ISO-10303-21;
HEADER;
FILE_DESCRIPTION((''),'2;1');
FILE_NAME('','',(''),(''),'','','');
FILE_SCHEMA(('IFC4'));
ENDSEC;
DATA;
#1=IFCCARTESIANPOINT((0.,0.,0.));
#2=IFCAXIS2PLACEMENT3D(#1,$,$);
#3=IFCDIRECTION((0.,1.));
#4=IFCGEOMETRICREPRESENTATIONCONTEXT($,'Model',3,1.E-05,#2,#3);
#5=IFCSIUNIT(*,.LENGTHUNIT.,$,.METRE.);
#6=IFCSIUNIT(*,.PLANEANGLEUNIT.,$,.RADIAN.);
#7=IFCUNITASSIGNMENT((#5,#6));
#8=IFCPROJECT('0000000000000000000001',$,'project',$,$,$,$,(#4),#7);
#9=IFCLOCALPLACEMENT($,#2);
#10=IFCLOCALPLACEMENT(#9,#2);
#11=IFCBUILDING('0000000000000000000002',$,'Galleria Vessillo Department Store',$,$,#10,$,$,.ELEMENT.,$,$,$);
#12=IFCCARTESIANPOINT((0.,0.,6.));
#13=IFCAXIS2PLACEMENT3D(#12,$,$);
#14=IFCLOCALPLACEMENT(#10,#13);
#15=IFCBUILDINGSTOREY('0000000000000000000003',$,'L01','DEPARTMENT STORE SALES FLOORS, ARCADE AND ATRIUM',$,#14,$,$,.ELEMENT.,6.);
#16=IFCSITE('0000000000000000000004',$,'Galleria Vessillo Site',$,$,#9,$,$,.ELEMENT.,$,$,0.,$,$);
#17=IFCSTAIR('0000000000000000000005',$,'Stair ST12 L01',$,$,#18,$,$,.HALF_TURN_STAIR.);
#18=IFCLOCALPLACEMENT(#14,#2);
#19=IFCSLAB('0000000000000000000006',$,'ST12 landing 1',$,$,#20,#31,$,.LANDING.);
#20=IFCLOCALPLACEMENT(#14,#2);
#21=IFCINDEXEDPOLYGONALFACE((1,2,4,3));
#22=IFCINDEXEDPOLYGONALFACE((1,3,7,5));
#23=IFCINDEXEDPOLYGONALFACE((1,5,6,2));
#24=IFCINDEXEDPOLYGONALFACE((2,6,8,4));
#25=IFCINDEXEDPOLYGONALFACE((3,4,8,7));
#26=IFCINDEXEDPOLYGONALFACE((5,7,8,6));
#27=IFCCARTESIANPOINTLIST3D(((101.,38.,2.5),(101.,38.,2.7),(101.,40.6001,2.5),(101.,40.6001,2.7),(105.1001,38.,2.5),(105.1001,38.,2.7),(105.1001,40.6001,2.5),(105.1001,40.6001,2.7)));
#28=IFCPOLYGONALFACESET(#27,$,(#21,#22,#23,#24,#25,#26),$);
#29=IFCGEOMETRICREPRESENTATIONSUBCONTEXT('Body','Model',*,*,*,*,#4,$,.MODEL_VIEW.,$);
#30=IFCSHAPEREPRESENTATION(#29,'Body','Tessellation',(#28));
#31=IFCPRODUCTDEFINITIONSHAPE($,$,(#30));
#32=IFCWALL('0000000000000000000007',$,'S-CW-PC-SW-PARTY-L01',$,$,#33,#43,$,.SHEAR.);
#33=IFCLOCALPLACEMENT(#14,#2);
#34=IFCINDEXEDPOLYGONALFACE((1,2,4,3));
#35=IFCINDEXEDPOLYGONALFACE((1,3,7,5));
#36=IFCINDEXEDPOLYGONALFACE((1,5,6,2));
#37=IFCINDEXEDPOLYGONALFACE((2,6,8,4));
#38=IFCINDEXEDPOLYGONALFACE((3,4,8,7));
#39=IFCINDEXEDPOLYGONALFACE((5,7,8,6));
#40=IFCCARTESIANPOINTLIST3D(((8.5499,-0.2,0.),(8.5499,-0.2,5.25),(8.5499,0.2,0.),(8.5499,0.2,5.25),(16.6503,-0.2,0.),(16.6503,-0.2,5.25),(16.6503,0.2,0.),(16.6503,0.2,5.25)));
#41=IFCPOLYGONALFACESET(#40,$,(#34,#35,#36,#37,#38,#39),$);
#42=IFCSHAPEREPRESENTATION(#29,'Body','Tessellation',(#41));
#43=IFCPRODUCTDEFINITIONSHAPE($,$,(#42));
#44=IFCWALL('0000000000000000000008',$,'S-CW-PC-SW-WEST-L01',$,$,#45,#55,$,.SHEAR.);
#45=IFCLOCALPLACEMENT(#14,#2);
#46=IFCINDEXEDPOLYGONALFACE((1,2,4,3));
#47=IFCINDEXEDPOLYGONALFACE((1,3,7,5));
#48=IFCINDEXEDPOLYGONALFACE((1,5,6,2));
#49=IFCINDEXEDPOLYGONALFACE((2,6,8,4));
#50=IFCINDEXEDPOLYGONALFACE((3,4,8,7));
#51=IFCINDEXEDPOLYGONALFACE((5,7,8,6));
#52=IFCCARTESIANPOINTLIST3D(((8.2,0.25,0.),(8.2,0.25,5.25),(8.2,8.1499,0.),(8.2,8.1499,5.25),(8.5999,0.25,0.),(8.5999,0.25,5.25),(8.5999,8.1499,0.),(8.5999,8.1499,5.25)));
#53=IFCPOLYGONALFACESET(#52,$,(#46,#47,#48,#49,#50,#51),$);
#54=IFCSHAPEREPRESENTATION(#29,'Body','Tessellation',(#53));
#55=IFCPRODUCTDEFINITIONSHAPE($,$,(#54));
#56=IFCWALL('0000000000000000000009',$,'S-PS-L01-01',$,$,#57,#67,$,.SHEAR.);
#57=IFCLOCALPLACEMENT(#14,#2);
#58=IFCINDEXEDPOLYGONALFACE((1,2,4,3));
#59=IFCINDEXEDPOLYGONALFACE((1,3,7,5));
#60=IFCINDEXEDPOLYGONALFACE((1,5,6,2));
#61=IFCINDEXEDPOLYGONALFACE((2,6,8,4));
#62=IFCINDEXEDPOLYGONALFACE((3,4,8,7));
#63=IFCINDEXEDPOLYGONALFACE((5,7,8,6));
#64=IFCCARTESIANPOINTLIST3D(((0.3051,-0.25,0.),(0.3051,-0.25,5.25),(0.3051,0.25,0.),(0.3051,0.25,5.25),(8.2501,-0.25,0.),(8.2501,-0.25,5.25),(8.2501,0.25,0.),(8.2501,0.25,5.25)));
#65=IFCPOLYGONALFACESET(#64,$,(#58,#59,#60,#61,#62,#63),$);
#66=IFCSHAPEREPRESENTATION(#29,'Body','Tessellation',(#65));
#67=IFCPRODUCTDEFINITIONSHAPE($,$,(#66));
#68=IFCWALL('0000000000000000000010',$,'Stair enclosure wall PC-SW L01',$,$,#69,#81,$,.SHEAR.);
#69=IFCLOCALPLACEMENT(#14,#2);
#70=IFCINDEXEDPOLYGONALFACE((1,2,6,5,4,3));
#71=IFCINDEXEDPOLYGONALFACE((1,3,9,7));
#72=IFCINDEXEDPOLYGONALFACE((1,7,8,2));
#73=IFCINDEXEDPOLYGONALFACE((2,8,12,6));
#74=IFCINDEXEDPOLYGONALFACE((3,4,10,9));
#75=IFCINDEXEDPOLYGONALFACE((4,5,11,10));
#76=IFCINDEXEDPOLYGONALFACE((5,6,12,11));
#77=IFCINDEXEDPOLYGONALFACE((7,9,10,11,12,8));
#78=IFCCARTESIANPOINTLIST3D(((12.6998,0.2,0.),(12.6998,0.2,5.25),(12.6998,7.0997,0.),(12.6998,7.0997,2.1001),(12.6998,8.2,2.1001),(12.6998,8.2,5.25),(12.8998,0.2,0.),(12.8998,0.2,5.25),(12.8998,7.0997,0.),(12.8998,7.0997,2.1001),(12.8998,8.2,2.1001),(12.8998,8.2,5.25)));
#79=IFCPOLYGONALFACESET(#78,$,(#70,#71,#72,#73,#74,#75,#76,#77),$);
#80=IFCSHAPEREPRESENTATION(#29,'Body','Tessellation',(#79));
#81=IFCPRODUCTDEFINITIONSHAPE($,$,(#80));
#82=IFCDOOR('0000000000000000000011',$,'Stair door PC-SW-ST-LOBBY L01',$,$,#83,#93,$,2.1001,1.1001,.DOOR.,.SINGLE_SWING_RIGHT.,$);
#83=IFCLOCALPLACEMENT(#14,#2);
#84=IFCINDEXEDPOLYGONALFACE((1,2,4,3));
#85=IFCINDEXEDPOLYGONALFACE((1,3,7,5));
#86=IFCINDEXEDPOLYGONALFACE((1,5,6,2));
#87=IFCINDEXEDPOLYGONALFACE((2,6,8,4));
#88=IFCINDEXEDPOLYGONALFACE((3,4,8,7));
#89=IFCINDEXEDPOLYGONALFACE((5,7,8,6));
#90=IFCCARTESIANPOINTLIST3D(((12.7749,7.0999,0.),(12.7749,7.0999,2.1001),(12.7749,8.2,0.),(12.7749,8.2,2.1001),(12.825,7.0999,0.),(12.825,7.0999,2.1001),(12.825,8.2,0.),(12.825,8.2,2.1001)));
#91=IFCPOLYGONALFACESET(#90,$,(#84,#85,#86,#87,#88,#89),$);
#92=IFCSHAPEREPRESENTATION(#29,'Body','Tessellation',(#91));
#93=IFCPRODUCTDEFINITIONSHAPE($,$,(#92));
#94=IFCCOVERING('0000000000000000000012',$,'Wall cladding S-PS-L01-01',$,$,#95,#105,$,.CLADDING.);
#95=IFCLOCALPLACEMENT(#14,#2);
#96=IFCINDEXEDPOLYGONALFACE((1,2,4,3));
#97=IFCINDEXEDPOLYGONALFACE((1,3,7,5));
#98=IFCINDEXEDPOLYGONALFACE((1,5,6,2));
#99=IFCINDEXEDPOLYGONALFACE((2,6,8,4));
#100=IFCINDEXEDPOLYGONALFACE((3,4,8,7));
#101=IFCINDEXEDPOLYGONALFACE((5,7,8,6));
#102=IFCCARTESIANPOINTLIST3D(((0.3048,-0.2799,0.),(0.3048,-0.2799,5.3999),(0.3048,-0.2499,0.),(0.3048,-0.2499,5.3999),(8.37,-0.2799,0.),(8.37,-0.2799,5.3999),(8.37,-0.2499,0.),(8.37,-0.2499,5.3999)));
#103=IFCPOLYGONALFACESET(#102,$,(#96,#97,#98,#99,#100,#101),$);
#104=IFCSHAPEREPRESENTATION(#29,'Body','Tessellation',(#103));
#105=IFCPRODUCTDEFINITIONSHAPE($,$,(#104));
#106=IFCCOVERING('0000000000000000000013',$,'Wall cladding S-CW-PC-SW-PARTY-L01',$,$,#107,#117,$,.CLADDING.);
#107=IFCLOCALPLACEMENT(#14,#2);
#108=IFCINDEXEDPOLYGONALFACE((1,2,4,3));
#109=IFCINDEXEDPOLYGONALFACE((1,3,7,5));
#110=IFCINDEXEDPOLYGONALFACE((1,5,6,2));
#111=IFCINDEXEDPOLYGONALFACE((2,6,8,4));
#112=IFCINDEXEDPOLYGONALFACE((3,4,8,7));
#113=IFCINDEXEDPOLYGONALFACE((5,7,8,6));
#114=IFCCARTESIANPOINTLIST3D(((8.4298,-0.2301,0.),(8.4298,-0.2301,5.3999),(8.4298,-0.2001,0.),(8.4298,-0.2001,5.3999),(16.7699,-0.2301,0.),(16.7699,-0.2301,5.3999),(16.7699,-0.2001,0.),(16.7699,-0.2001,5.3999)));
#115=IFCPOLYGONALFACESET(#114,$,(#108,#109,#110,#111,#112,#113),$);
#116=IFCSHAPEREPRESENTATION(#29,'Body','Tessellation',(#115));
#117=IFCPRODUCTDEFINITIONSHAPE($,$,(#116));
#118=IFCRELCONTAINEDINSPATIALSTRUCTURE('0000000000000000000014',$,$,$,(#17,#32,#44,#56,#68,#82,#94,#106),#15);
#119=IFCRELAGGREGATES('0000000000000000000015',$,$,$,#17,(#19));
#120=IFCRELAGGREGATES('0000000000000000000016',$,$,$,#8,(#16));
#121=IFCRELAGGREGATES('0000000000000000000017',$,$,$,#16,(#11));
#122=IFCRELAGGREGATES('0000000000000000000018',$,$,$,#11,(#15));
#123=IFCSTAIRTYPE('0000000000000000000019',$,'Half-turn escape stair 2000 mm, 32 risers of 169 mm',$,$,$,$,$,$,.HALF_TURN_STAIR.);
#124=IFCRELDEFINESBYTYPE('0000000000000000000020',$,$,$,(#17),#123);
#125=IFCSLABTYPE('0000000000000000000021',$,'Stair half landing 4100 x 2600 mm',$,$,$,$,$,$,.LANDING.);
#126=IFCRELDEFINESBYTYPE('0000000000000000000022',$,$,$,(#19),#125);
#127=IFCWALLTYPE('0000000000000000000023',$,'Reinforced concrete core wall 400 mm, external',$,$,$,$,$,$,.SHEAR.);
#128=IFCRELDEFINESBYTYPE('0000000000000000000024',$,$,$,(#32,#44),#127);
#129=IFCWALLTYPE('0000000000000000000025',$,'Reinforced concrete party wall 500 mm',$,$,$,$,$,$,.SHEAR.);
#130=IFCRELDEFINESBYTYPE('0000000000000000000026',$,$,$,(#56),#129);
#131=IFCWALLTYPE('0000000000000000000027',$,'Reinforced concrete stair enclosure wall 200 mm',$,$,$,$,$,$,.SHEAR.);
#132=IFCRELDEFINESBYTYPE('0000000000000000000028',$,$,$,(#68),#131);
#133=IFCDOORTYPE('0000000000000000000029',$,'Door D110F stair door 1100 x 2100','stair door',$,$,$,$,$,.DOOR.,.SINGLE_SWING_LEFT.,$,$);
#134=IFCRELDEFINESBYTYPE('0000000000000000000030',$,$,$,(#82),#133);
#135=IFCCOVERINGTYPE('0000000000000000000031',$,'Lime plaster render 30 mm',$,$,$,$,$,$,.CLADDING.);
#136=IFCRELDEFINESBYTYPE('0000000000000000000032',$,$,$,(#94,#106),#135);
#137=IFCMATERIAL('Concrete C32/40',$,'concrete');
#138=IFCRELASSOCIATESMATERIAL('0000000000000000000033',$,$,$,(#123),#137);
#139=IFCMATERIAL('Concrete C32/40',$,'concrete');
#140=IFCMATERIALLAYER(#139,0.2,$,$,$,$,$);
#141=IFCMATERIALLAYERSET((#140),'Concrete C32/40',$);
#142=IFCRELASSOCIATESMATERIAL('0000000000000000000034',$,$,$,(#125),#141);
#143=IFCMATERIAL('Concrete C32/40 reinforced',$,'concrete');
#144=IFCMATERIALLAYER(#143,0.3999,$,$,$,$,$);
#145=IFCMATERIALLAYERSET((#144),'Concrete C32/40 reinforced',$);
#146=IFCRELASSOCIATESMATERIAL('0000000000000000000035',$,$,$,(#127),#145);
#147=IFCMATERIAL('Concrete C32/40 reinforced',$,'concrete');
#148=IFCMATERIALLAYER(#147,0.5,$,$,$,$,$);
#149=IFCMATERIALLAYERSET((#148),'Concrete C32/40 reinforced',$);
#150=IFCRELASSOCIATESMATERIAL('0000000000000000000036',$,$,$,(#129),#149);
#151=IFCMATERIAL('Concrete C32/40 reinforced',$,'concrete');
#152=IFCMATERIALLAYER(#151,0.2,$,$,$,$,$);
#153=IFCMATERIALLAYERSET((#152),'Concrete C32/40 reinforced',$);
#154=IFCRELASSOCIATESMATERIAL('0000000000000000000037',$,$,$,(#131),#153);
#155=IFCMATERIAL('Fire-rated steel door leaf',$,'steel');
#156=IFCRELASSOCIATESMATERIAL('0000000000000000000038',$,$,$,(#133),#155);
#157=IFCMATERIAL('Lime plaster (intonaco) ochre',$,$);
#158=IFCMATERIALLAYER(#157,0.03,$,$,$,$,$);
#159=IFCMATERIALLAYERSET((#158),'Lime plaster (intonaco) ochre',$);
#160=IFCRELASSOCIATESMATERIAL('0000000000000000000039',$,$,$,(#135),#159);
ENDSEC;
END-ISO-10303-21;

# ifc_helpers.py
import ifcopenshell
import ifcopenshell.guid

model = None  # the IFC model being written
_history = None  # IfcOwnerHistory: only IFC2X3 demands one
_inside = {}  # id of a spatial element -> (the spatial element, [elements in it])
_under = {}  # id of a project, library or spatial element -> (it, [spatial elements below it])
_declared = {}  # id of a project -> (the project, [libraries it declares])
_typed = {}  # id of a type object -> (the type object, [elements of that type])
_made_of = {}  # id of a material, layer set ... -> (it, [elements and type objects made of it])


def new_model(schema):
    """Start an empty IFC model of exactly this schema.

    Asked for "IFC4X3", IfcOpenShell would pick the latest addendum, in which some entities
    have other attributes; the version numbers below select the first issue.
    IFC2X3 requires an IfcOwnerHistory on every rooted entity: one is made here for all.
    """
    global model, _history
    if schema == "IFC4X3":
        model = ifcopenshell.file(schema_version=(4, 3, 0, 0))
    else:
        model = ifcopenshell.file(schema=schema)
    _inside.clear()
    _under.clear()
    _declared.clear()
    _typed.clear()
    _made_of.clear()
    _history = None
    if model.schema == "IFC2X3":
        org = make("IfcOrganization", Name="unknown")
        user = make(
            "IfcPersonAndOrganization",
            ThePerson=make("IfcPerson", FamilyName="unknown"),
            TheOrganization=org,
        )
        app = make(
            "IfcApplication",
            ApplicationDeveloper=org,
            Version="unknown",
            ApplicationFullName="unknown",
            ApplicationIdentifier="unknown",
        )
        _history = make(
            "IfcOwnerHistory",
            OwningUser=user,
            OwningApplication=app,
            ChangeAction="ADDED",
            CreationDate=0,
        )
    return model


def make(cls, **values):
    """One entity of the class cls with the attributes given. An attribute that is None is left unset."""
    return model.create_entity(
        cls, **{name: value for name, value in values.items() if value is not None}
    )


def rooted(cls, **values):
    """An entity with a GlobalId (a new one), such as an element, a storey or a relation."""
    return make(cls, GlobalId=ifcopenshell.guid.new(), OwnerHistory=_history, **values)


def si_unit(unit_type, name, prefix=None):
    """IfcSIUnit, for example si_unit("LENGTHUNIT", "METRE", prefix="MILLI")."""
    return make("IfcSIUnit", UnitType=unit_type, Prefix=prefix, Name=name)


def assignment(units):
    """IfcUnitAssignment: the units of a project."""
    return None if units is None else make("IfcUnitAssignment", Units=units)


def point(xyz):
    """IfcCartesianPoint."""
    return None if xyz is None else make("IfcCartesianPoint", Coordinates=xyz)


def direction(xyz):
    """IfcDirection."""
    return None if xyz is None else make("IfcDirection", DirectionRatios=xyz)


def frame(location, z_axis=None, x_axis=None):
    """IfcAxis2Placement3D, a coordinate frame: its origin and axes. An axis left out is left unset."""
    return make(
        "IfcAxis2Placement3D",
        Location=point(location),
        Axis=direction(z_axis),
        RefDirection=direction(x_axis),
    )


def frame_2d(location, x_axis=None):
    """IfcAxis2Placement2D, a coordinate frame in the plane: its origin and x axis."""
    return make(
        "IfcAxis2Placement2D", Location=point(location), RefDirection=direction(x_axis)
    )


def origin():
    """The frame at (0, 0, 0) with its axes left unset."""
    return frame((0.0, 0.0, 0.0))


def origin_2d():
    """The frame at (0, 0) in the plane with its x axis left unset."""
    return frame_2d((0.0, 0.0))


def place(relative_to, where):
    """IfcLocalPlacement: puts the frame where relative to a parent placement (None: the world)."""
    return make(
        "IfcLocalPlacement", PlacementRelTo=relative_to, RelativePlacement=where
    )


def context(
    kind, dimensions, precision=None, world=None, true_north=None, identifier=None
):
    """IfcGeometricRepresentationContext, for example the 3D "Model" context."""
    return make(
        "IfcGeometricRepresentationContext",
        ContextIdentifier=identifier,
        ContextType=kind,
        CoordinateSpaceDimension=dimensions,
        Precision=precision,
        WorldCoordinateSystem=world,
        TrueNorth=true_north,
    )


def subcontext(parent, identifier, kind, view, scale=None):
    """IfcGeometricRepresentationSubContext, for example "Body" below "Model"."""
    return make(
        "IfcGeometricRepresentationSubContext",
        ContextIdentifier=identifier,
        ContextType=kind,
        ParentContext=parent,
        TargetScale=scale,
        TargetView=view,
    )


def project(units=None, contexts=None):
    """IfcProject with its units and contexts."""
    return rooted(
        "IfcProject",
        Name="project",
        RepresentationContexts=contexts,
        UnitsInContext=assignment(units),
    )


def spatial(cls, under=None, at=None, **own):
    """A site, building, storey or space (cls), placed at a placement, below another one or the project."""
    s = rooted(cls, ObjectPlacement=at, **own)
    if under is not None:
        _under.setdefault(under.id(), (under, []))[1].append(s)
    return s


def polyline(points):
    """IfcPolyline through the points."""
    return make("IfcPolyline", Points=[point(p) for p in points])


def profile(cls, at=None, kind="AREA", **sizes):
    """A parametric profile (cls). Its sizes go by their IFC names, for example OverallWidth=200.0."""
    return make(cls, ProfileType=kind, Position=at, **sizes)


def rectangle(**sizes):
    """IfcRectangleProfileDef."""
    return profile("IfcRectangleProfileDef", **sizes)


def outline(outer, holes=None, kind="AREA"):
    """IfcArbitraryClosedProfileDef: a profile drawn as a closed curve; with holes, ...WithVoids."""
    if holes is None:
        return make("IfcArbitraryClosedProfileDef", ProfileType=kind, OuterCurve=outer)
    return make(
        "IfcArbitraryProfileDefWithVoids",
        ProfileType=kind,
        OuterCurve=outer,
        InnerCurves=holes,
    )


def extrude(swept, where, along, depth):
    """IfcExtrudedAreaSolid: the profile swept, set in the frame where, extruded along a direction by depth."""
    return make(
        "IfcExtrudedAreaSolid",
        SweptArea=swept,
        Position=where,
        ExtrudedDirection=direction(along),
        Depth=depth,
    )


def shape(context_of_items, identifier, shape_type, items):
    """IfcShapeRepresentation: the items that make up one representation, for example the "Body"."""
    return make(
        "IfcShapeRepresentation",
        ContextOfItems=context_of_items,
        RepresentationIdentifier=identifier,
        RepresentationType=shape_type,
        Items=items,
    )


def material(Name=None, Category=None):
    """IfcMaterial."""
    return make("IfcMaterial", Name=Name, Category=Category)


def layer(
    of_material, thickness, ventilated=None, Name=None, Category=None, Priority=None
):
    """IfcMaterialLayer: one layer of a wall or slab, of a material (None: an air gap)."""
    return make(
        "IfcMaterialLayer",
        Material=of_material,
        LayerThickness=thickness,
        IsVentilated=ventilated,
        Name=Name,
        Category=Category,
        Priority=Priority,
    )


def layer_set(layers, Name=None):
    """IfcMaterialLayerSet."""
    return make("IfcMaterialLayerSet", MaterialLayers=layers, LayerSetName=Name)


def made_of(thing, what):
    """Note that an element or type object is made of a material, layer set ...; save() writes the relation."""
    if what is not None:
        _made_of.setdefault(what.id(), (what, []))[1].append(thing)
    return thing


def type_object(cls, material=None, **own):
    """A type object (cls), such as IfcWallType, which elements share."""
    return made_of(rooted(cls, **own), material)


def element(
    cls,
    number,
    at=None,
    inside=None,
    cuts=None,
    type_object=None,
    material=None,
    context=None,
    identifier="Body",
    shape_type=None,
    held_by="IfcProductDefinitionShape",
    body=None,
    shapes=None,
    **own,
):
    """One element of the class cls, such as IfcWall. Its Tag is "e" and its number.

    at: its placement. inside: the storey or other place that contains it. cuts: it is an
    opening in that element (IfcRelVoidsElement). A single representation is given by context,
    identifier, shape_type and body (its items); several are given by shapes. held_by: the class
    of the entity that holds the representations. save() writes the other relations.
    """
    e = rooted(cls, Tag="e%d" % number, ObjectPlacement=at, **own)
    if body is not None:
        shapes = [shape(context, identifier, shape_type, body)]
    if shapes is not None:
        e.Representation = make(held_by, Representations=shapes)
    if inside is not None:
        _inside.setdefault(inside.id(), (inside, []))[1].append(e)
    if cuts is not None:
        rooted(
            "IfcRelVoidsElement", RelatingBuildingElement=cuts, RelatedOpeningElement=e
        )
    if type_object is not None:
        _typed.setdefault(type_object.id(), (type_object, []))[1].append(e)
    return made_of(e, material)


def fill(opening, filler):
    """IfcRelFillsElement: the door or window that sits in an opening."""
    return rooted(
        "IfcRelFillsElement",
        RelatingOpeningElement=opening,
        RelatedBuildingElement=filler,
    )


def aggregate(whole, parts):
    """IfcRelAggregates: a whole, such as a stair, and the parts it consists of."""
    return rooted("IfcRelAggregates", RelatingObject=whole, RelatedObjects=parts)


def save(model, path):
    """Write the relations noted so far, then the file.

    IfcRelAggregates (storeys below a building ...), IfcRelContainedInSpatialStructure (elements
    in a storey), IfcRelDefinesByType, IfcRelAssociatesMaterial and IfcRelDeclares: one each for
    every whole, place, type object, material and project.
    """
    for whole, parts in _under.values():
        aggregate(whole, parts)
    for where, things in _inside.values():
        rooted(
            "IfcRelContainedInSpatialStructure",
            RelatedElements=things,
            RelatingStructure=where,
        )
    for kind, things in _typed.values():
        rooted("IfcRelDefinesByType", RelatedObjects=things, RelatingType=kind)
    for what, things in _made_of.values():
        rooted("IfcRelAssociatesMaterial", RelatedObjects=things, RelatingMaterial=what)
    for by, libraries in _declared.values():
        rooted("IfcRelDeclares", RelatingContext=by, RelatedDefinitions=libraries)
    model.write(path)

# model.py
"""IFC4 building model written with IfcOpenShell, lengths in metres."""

from ifc_helpers import new_model, si_unit, direction, frame, frame_2d, origin, origin_2d, place, context, subcontext, project, spatial, polyline, rectangle, outline, extrude, material, layer, layer_set, type_object, element, fill, aggregate, save


model = new_model("IFC4")

# Units and contexts
model_context = context("Model", 3, precision=1e-05, world=origin(), true_north=direction((0.0, 1.0)))
body_context = subcontext(model_context, "Body", "Model", "MODEL_VIEW")
ifc_project = project(units=[si_unit("LENGTHUNIT", "METRE"), si_unit("PLANEANGLEUNIT", "RADIAN")], contexts=[model_context])

# Site, building, storey
site_placement = place(None, origin())
site = spatial("IfcSite", under=ifc_project, at=site_placement, Name="Galleria Vessillo Site", CompositionType="ELEMENT", RefElevation=0.0)
building_placement = place(site_placement, origin())
building = spatial("IfcBuilding", under=site, at=building_placement, Name="Galleria Vessillo Department Store", CompositionType="ELEMENT")
storey_placement = place(building_placement, frame((0.0, 0.0, 6.0)))
storey = spatial("IfcBuildingStorey", under=building, at=storey_placement, Name="L01", Description="DEPARTMENT STORE SALES FLOORS, ARCADE AND ATRIUM", CompositionType="ELEMENT", Elevation=6.0)

# Stair, slab
ifc_material_1 = material(Name="Concrete C32/40", Category="concrete")
stair_type = type_object("IfcStairType", Name="Half-turn escape stair 2000 mm, 32 risers of 169 mm", PredefinedType="HALF_TURN_STAIR", material=ifc_material_1)
ifc_material_2 = material(Name="Concrete C32/40", Category="concrete")
ifc_layer_1 = layer(ifc_material_2, 0.2)
ifc_layer_set_1 = layer_set([ifc_layer_1], Name="Concrete C32/40")
slab_type = type_object("IfcSlabType", Name="Stair half landing 4100 x 2600 mm", PredefinedType="LANDING", material=ifc_layer_set_1)
stair_1_placement = place(storey_placement, origin())
stair_1 = element("IfcStair", 1, at=stair_1_placement, inside=storey, type_object=stair_type, Name="Stair ST12 L01", PredefinedType="HALF_TURN_STAIR")
slab_1_placement = place(storey_placement, frame((0.0, 0.0, 2.5)))
slab_1 = element("IfcSlab", 2, at=slab_1_placement, type_object=slab_type, Name="ST12 landing 1", PredefinedType="LANDING", context=body_context, shape_type="SweptSolid", body=[
    extrude(outline(polyline([(101.0, 38.0), (101.0, 40.6001), (105.1001, 40.6001), (105.1001, 38.0), (101.0, 38.0)])), origin(), (0.0, 0.0, 1.0), 0.2),
])
aggregate(stair_1, [slab_1])

# Walls
ifc_material_3 = material(Name="Concrete C32/40 reinforced", Category="concrete")
ifc_layer_2 = layer(ifc_material_3, 0.3999)
ifc_layer_set_2 = layer_set([ifc_layer_2], Name="Concrete C32/40 reinforced")
wall_type_1 = type_object("IfcWallType", Name="Reinforced concrete core wall 400 mm, external", PredefinedType="SHEAR", material=ifc_layer_set_2)
wall_1_placement = place(storey_placement, frame((8.5498, 0.0, 0.0), z_axis=(0.0, 0.0, 1.0), x_axis=(1.0, 0.0, 0.0)))
element("IfcWall", 3, at=wall_1_placement, inside=storey, type_object=wall_type_1, Name="S-CW-PC-SW-PARTY-L01", PredefinedType="SHEAR", context=body_context, shape_type="SweptSolid", body=[
    extrude(rectangle(XDim=8.1003, YDim=0.3999, at=frame_2d((4.0503, 0.0))), origin(), (0.0, 0.0, 1.0), 5.25),
])
wall_2_placement = place(storey_placement, frame((8.3999, 0.25, 0.0), z_axis=(0.0, 0.0, 1.0), x_axis=(0.0, 1.0, 0.0)))
element("IfcWall", 4, at=wall_2_placement, inside=storey, type_object=wall_type_1, Name="S-CW-PC-SW-WEST-L01", PredefinedType="SHEAR", context=body_context, shape_type="SweptSolid", body=[
    extrude(rectangle(XDim=7.8999, YDim=0.3999, at=frame_2d((3.95, 0.0))), origin(), (0.0, 0.0, 1.0), 5.25),
])
ifc_material_4 = material(Name="Concrete C32/40 reinforced", Category="concrete")
ifc_layer_3 = layer(ifc_material_4, 0.5)
ifc_layer_set_3 = layer_set([ifc_layer_3], Name="Concrete C32/40 reinforced")
wall_type_2 = type_object("IfcWallType", Name="Reinforced concrete party wall 500 mm", PredefinedType="SHEAR", material=ifc_layer_set_3)
wall_3_placement = place(storey_placement, frame((0.3049, 0.0, 0.0), z_axis=(0.0, 0.0, 1.0), x_axis=(1.0, 0.0, 0.0)))
element("IfcWall", 5, at=wall_3_placement, inside=storey, type_object=wall_type_2, Name="S-PS-L01-01", PredefinedType="SHEAR", context=body_context, shape_type="SweptSolid", body=[
    extrude(rectangle(XDim=7.9451, YDim=0.5, at=frame_2d((3.9727, 0.0))), origin(), (0.0, 0.0, 1.0), 5.25),
])

# Wall, opening, door
ifc_material_5 = material(Name="Concrete C32/40 reinforced", Category="concrete")
ifc_layer_4 = layer(ifc_material_5, 0.2)
ifc_layer_set_4 = layer_set([ifc_layer_4], Name="Concrete C32/40 reinforced")
wall_type_3 = type_object("IfcWallType", Name="Reinforced concrete stair enclosure wall 200 mm", PredefinedType="SHEAR", material=ifc_layer_set_4)
wall_4_placement = place(storey_placement, frame((12.7998, 0.2, 0.0), z_axis=(0.0, 0.0, 1.0), x_axis=(0.0, 1.0, 0.0)))
wall_4 = element("IfcWall", 6, at=wall_4_placement, inside=storey, type_object=wall_type_3, Name="Stair enclosure wall PC-SW L01", PredefinedType="SHEAR", context=body_context, shape_type="SweptSolid", body=[
    extrude(rectangle(XDim=8.0, YDim=0.2, at=frame_2d((4.0, 0.0))), origin(), (0.0, 0.0, 1.0), 5.25),
])
opening_placement = place(wall_4_placement, frame((6.8999, 0.0, 0.0)))
opening = element("IfcOpeningElement", 7, at=opening_placement, cuts=wall_4, PredefinedType="OPENING", context=body_context, shape_type="SweptSolid", body=[
    extrude(rectangle(XDim=1.1101, YDim=2.1001, at=frame_2d((0.5549, 1.05))), frame((0.0, 0.1099, 0.0), z_axis=(0.0, -1.0, 0.0), x_axis=(1.0, 0.0, 0.0)), (0.0, 0.0, 1.0), 0.22),
])
ifc_material_6 = material(Name="Fire-rated steel door leaf", Category="steel")
door_type = type_object("IfcDoorType", Name="Door D110F stair door 1100 x 2100", Description="stair door", OperationType="SINGLE_SWING_LEFT", PredefinedType="DOOR", material=ifc_material_6)
door_placement = place(opening_placement, origin())
door = element("IfcDoor", 8, at=door_placement, inside=storey, type_object=door_type, Name="Stair door PC-SW-ST-LOBBY L01", OperationType="SINGLE_SWING_RIGHT", OverallHeight=2.1001, OverallWidth=1.1001, PredefinedType="DOOR", context=body_context, shape_type="SweptSolid", body=[
    extrude(rectangle(XDim=1.1001, YDim=2.1001, at=frame_2d((0.55, 1.05))), frame((0.0, 0.0249, 0.0), z_axis=(0.0, -1.0, 0.0), x_axis=(1.0, 0.0, 0.0)), (0.0, 0.0, 1.0), 0.05),
])
fill(opening, door)

# Coverings
ifc_material_7 = material(Name="Lime plaster (intonaco) ochre")
ifc_layer_5 = layer(ifc_material_7, 0.03)
ifc_layer_set_5 = layer_set([ifc_layer_5], Name="Lime plaster (intonaco) ochre")
covering_type_1 = type_object("IfcCoveringType", Name="Lime plaster render 30 mm", PredefinedType="CLADDING", material=ifc_layer_set_5)
covering_1_placement = place(storey_placement, frame((4.3374, -0.2649, 0.0), z_axis=(0.0, 0.0, 1.0), x_axis=(1.0, 0.0, 0.0)))
element("IfcCovering", 9, at=covering_1_placement, inside=storey, type_object=covering_type_1, Name="Wall cladding S-PS-L01-01", PredefinedType="CLADDING", context=body_context, shape_type="SweptSolid", body=[
    extrude(rectangle(XDim=8.0652, YDim=0.03, at=origin_2d()), origin(), (0.0, 0.0, 1.0), 5.3999),
])
covering_2_placement = place(storey_placement, frame((12.5999, -0.2151, 0.0), z_axis=(0.0, 0.0, 1.0), x_axis=(1.0, 0.0, 0.0)))
element("IfcCovering", 10, at=covering_2_placement, inside=storey, type_object=covering_type_1, Name="Wall cladding S-CW-PC-SW-PARTY-L01", PredefinedType="CLADDING", context=body_context, shape_type="SweptSolid", body=[
    extrude(rectangle(XDim=8.3401, YDim=0.03, at=origin_2d()), origin(), (0.0, 0.0, 1.0), 5.3999),
])

save(model, "model.ifc")
